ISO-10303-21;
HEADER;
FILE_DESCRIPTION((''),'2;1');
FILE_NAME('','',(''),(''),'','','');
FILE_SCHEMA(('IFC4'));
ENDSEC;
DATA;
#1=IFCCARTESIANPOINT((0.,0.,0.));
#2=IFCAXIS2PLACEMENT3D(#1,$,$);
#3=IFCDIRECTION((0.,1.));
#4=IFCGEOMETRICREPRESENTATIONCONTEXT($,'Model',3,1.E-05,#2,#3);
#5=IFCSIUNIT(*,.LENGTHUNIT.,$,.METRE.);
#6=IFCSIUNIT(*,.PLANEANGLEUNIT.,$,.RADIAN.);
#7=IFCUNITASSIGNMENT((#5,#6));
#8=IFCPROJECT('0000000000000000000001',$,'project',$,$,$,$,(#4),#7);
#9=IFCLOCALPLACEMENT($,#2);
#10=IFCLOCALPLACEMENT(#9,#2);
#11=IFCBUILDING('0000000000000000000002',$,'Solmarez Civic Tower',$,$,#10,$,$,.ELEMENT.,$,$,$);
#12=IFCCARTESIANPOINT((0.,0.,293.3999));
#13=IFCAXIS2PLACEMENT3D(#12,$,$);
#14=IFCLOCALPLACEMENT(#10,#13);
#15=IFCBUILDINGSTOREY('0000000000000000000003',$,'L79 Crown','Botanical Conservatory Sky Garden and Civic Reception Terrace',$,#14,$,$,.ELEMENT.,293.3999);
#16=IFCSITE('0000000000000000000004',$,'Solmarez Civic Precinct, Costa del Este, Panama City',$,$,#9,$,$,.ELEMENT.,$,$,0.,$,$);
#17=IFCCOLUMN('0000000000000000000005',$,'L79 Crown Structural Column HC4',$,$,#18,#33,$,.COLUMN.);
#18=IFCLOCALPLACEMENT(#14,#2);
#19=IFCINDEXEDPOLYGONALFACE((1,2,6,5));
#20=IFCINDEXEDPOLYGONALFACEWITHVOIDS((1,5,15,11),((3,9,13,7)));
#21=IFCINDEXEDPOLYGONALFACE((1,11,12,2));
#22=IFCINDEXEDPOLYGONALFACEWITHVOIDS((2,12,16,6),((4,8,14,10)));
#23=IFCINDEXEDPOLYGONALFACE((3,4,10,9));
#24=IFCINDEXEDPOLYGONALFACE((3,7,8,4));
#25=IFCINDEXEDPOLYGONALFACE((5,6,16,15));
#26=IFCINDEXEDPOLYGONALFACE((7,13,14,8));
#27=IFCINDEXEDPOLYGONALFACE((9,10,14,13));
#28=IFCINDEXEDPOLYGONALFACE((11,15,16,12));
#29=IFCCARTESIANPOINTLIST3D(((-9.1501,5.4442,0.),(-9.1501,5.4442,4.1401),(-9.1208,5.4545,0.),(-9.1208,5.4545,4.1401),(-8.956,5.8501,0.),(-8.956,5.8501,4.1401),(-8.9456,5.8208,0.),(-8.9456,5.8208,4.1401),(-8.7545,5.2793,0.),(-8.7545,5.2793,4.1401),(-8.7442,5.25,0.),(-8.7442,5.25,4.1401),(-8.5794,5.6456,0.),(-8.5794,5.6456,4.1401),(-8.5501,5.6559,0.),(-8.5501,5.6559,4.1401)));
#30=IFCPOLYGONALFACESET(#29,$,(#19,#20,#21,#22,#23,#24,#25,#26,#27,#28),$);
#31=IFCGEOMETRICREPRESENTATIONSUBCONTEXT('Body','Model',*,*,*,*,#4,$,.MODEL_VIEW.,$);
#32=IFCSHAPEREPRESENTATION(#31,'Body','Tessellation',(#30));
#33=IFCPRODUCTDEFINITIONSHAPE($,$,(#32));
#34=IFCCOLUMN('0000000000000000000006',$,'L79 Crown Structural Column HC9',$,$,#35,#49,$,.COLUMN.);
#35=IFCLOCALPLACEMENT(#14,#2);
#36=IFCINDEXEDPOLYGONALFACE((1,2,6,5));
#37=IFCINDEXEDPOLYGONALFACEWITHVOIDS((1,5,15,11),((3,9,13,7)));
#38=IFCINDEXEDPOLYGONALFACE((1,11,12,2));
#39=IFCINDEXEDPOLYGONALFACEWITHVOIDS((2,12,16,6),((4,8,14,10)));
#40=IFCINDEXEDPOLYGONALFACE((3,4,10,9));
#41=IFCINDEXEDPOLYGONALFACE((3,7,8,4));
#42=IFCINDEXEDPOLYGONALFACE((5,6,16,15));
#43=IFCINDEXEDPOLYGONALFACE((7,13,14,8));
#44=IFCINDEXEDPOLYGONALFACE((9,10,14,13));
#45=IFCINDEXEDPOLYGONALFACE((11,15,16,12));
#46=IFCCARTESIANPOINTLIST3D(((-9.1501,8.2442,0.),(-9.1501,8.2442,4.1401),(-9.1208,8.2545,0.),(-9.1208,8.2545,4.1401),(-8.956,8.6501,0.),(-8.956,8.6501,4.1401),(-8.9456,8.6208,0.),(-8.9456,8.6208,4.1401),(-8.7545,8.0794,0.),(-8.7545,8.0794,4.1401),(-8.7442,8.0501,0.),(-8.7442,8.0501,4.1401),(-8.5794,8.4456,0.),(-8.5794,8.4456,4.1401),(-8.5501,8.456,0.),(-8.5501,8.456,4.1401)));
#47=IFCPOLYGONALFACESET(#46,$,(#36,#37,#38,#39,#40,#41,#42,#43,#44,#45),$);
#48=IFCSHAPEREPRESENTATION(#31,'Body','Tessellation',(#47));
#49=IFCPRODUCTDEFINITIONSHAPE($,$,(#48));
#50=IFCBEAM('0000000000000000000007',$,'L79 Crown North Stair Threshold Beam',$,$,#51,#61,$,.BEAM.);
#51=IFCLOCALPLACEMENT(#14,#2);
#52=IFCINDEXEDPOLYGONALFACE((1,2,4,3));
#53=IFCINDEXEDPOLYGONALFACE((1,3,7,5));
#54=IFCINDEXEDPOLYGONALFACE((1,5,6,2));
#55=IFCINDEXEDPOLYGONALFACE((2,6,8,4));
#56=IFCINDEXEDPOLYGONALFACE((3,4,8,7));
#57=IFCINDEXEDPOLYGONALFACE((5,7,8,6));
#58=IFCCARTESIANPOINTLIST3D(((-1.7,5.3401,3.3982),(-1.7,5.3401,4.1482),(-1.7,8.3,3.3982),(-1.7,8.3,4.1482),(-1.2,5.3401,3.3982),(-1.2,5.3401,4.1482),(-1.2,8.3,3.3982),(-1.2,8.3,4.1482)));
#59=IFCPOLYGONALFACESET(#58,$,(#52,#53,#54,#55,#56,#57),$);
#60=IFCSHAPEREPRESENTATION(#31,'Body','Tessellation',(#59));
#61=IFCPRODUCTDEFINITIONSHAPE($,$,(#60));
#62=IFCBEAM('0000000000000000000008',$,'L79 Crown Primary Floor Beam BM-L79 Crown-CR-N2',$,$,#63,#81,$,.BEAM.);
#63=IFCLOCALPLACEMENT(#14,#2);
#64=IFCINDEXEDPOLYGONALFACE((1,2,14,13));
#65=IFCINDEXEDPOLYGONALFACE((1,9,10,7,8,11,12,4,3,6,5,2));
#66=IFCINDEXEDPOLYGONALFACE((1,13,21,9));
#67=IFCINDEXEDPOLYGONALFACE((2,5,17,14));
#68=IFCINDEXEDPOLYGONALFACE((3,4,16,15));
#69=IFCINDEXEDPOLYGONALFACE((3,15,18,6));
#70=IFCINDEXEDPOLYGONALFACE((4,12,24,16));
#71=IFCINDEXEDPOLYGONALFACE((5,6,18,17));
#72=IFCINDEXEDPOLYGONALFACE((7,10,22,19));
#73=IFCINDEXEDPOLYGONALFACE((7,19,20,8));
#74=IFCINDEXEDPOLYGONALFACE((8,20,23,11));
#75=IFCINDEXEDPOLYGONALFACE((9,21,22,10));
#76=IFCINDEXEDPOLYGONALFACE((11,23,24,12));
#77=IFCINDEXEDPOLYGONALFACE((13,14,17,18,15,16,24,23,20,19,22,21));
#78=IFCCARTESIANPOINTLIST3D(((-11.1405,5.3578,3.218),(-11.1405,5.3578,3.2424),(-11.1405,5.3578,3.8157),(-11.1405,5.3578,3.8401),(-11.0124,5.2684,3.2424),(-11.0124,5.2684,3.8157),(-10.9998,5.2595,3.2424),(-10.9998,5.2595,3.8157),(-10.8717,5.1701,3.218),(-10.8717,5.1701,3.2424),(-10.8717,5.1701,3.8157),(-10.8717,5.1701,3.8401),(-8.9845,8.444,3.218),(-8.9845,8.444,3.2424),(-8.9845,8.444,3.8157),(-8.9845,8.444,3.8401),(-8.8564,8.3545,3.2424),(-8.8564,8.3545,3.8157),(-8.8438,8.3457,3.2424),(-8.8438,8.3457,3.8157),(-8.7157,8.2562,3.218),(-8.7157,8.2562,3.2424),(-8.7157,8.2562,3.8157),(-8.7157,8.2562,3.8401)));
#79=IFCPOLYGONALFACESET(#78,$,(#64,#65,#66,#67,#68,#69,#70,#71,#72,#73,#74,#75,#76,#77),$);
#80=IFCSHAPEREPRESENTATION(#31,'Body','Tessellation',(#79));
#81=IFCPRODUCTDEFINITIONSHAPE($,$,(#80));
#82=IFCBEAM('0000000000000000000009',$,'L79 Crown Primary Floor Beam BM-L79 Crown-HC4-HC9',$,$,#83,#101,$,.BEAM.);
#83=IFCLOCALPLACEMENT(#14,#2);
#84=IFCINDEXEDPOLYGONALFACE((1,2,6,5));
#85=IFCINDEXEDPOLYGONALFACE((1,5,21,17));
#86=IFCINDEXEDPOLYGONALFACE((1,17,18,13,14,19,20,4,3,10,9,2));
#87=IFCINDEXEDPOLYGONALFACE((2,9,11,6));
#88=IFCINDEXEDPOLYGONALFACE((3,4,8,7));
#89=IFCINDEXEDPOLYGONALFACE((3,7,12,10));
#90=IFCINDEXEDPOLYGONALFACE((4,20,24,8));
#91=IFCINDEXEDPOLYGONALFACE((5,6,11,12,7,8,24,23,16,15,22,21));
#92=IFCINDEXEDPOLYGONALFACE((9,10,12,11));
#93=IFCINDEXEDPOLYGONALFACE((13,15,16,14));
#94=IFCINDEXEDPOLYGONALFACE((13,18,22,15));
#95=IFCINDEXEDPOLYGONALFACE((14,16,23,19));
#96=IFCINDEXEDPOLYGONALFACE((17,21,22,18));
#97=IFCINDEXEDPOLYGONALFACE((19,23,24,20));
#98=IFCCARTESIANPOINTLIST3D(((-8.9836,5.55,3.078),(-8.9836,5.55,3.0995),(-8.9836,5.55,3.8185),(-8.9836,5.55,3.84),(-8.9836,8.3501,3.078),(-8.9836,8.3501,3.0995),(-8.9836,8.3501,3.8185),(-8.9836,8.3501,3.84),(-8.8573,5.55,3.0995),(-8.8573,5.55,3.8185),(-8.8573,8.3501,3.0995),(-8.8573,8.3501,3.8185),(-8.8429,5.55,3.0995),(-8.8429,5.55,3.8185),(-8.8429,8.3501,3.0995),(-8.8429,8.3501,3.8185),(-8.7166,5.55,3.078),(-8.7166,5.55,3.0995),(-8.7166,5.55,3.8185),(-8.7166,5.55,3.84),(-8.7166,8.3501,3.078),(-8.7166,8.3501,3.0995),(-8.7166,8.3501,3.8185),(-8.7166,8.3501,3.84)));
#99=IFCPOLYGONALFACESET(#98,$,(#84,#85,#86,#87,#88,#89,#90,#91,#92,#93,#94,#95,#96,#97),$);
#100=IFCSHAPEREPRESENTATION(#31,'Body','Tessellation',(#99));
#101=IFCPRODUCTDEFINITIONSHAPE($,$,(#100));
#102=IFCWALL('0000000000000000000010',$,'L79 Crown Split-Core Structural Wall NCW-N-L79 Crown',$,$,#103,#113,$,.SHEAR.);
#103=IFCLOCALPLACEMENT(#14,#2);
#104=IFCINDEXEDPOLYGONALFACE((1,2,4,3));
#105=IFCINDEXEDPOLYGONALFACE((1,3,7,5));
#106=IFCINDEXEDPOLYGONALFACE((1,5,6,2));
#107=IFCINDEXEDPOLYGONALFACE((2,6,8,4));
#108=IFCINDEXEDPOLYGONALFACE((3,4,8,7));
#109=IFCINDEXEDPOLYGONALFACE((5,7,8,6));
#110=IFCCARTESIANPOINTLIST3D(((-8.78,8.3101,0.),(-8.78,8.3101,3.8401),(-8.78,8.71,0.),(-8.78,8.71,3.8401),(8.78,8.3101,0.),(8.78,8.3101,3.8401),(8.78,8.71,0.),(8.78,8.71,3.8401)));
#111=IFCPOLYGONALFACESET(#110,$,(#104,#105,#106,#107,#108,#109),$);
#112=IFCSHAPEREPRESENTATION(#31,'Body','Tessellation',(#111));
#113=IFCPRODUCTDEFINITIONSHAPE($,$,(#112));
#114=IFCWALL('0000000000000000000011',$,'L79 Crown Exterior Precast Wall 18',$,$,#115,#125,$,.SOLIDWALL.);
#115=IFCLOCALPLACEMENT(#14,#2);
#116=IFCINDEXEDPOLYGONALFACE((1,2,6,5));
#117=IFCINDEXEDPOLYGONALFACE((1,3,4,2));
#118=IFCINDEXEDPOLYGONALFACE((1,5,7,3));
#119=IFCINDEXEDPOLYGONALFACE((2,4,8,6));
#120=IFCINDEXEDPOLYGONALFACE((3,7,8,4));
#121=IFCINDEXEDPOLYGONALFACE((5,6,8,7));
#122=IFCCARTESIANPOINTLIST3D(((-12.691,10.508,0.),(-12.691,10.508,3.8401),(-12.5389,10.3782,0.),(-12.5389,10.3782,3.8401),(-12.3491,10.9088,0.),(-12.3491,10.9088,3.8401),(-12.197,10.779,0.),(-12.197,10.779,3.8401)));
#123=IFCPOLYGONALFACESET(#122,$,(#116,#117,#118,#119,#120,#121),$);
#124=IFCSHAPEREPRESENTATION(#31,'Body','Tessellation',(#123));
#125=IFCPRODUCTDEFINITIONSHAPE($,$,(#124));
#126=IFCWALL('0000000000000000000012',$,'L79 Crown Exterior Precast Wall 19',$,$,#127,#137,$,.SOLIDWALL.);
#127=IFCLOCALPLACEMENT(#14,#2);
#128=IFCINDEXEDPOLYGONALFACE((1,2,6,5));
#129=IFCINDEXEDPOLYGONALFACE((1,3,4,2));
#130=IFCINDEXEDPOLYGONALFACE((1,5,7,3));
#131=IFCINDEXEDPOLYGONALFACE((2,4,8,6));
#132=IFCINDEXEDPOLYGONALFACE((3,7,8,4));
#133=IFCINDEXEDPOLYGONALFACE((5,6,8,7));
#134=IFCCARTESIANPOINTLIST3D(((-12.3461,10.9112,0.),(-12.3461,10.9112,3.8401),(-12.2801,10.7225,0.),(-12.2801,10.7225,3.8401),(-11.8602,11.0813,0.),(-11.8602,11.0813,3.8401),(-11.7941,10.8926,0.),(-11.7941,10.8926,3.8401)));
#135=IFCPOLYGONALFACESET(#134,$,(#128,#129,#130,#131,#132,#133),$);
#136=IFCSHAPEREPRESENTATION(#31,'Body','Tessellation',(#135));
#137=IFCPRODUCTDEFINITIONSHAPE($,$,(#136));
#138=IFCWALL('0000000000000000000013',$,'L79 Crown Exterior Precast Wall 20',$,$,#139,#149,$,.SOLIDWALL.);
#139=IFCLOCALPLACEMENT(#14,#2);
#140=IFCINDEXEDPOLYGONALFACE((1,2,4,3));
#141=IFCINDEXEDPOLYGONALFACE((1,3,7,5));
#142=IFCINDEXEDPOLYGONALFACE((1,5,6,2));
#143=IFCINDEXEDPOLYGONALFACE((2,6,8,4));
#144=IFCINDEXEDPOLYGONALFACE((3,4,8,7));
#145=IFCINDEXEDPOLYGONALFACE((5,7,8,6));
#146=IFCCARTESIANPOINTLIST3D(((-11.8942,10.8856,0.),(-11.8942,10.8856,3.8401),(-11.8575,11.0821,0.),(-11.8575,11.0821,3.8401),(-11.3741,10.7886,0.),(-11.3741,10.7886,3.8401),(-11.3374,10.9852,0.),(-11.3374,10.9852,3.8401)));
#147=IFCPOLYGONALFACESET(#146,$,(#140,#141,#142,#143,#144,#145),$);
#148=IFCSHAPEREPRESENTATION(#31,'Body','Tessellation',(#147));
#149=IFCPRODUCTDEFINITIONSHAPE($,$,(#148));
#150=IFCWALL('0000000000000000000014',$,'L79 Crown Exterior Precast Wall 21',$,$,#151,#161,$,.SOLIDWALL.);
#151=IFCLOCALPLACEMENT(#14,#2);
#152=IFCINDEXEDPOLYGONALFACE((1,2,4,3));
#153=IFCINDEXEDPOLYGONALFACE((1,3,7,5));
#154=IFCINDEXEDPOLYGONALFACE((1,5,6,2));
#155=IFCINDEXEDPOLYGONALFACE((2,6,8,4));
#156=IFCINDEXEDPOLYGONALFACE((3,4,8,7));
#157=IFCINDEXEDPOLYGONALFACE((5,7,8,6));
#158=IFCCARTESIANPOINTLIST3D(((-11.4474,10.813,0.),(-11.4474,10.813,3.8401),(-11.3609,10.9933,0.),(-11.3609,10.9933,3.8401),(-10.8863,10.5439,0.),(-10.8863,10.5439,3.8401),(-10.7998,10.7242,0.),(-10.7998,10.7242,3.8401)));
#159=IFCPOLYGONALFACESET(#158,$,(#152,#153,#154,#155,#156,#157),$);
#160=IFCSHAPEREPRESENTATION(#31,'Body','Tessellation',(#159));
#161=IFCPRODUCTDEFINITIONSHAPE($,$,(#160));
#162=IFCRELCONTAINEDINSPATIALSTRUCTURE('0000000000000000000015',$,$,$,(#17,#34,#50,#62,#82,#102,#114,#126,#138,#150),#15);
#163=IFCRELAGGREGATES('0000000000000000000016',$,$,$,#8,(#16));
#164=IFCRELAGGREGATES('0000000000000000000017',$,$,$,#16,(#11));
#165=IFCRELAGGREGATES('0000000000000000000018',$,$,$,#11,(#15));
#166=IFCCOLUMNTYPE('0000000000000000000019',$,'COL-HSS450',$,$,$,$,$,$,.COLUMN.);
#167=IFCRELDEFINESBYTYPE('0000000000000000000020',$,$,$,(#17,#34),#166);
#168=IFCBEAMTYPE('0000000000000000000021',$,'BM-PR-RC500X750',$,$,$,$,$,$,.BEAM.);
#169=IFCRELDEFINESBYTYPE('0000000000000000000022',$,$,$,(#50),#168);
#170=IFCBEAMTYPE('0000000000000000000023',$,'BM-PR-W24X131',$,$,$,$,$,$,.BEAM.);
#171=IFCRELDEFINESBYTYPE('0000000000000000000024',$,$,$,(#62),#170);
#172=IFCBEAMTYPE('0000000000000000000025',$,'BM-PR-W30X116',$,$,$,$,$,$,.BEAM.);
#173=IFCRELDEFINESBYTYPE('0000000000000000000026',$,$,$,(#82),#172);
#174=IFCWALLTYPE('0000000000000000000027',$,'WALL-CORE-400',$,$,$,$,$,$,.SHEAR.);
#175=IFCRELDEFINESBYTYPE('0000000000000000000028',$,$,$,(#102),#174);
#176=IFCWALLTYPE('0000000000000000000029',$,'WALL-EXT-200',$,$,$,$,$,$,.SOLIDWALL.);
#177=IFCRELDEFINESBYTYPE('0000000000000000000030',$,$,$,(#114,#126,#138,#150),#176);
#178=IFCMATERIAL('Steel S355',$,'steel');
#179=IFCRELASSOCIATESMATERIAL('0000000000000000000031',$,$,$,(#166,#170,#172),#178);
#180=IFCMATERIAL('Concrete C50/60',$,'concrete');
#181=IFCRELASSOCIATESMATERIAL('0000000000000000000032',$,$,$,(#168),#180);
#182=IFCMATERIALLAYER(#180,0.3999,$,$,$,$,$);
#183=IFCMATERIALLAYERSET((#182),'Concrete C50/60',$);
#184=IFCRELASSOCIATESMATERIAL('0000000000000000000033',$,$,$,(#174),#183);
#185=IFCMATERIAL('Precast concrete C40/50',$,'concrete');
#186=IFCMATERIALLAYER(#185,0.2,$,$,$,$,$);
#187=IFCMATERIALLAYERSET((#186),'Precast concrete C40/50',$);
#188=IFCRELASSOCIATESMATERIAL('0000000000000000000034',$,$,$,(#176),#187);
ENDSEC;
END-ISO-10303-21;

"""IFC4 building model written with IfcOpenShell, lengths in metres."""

from ifc_helpers import new_model, si_unit, direction, frame, frame_2d, origin, origin_2d, place, context, subcontext, project, spatial, rectangle, hollow_rectangle, i_section, extrude, material, layer, layer_set, material_profile, profile_set, type_object, element, save


model = new_model("IFC4")

# Units and contexts
model_context = context("Model", 3, precision=1e-05, world=origin(), true_north=direction((0.0, 1.0)))
body_context = subcontext(model_context, "Body", "Model", "MODEL_VIEW")
ifc_project = project(units=[si_unit("LENGTHUNIT", "METRE"), si_unit("PLANEANGLEUNIT", "RADIAN")], contexts=[model_context])

# Site, building, storey
site_placement = place(None, origin())
site = spatial("IfcSite", under=ifc_project, at=site_placement, Name="Solmarez Civic Precinct, Costa del Este, Panama City", CompositionType="ELEMENT", RefElevation=0.0)
building_placement = place(site_placement, origin())
building = spatial("IfcBuilding", under=site, at=building_placement, Name="Solmarez Civic Tower", CompositionType="ELEMENT")
storey_placement = place(building_placement, frame((0.0, 0.0, 293.3999)))
storey = spatial("IfcBuildingStorey", under=building, at=storey_placement, Name="L79 Crown", Description="Botanical Conservatory Sky Garden and Civic Reception Terrace", CompositionType="ELEMENT", Elevation=293.3999)

# Columns
ifc_material_1 = material(Name="Steel S355", Category="steel")
ifc_material_profile_1 = material_profile(ifc_material_1, hollow_rectangle(XDim=0.45, YDim=0.45, WallThickness=0.022, at=origin_2d()), Name="HSS450X450X22")
ifc_profile_set_1 = profile_set([ifc_material_profile_1], Name="Steel S355")
column_type = type_object("IfcColumnType", Name="COL-HSS450", PredefinedType="COLUMN", material=ifc_profile_set_1)
for number, where, z_axis, x_axis, name in (
    (1, (-8.8501, 5.55, 0.0), (0.0, 0.0, 1.0), (0.431456, 0.902134, 0.0), "L79 Crown Structural Column HC4"),
    (2, (-8.8501, 8.3501, 0.0), (0.0, 0.0, 1.0), (0.431456, 0.902134, 0.0), "L79 Crown Structural Column HC9"),
):
    element("IfcColumn", number, at=place(storey_placement, frame(where, z_axis=z_axis, x_axis=x_axis)), inside=storey, type_object=column_type, Name=name, PredefinedType="COLUMN", context=body_context, shape_type="SweptSolid", body=[
        extrude(hollow_rectangle(XDim=0.45, YDim=0.45, WallThickness=0.022, at=origin_2d()), origin(), (0.0, 0.0, 1.0), 4.1401),
    ])

# Beams
ifc_material_2 = material(Name="Concrete C50/60", Category="concrete")
ifc_material_profile_2 = material_profile(ifc_material_2, rectangle(XDim=0.5, YDim=0.75, at=origin_2d()), Name="RC500X750")
ifc_profile_set_2 = profile_set([ifc_material_profile_2], Name="Concrete C50/60")
beam_type_1 = type_object("IfcBeamType", Name="BM-PR-RC500X750", PredefinedType="BEAM", material=ifc_profile_set_2)
beam_1_placement = place(storey_placement, frame((-1.45, 5.3401, 3.7732), z_axis=(0.0, 1.0, 0.0), x_axis=(-1.0, 0.0, 0.0)))
element("IfcBeam", 3, at=beam_1_placement, inside=storey, type_object=beam_type_1, Name="L79 Crown North Stair Threshold Beam", PredefinedType="BEAM", context=body_context, shape_type="SweptSolid", body=[
    extrude(rectangle(XDim=0.5, YDim=0.75, at=origin_2d()), origin(), (0.0, 0.0, 1.0), 2.96),
])
ifc_material_profile_3 = material_profile(ifc_material_1, i_section(OverallWidth=0.3279, OverallDepth=0.6221, WebThickness=0.0154, FlangeThickness=0.0244, at=origin_2d()), Name="W24X131")
ifc_profile_set_3 = profile_set([ifc_material_profile_3], Name="Steel S355")
beam_type_2 = type_object("IfcBeamType", Name="BM-PR-W24X131", PredefinedType="BEAM", material=ifc_profile_set_3)
beam_2_placement = place(storey_placement, frame((-8.8501, 8.3501, 3.5291), z_axis=(-0.572692, -0.819771, 0.0), x_axis=(0.819771, -0.572692, 0.0)))
element("IfcBeam", 4, at=beam_2_placement, inside=storey, type_object=beam_type_2, Name="L79 Crown Primary Floor Beam BM-L79 Crown-CR-N2", PredefinedType="BEAM", context=body_context, shape_type="SweptSolid", body=[
    extrude(i_section(OverallWidth=0.3279, OverallDepth=0.6221, WebThickness=0.0154, FlangeThickness=0.0244, at=origin_2d()), origin(), (0.0, 0.0, 1.0), 3.7646),
])
ifc_material_profile_4 = material_profile(ifc_material_1, i_section(OverallWidth=0.2671, OverallDepth=0.762, WebThickness=0.0144, FlangeThickness=0.0215, at=origin_2d()), Name="W30X116")
ifc_profile_set_4 = profile_set([ifc_material_profile_4], Name="Steel S355")
beam_type_3 = type_object("IfcBeamType", Name="BM-PR-W30X116", PredefinedType="BEAM", material=ifc_profile_set_4)
beam_3_placement = place(storey_placement, frame((-8.8501, 5.55, 3.459), z_axis=(0.0, 1.0, 0.0), x_axis=(-1.0, 0.0, 0.0)))
element("IfcBeam", 5, at=beam_3_placement, inside=storey, type_object=beam_type_3, Name="L79 Crown Primary Floor Beam BM-L79 Crown-HC4-HC9", PredefinedType="BEAM", context=body_context, shape_type="SweptSolid", body=[
    extrude(i_section(OverallWidth=0.2671, OverallDepth=0.762, WebThickness=0.0144, FlangeThickness=0.0215, at=origin_2d()), origin(), (0.0, 0.0, 1.0), 2.8),
])

# Walls
ifc_layer_1 = layer(ifc_material_2, 0.3999)
ifc_layer_set_1 = layer_set([ifc_layer_1], Name="Concrete C50/60")
wall_type_1 = type_object("IfcWallType", Name="WALL-CORE-400", PredefinedType="SHEAR", material=ifc_layer_set_1)
wall_1_placement = place(storey_placement, frame((-8.78, 8.51, 0.0), z_axis=(0.0, 0.0, 1.0), x_axis=(1.0, 0.0, 0.0)))
element("IfcWall", 6, at=wall_1_placement, inside=storey, type_object=wall_type_1, Name="L79 Crown Split-Core Structural Wall NCW-N-L79 Crown", PredefinedType="SHEAR", context=body_context, shape_type="SweptSolid", body=[
    extrude(rectangle(XDim=17.5601, YDim=0.3999, at=frame_2d((8.78, 0.0))), origin(), (0.0, 0.0, 1.0), 3.8401),
])
ifc_material_3 = material(Name="Precast concrete C40/50", Category="concrete")
ifc_layer_2 = layer(ifc_material_3, 0.2)
ifc_layer_set_2 = layer_set([ifc_layer_2], Name="Precast concrete C40/50")
wall_type_2 = type_object("IfcWallType", Name="WALL-EXT-200", PredefinedType="SOLIDWALL", material=ifc_layer_set_2)
wall_2_placement = place(storey_placement, frame((-12.615, 10.4431, 0.0), z_axis=(0.0, 0.0, 1.0), x_axis=(0.649073, 0.760726, 0.0)))
element("IfcWall", 7, at=wall_2_placement, inside=storey, type_object=wall_type_2, Name="L79 Crown Exterior Precast Wall 18", PredefinedType="SOLIDWALL", context=body_context, shape_type="SweptSolid", body=[
    extrude(rectangle(XDim=0.5269, YDim=0.2, at=frame_2d((0.2634, 0.0))), origin(), (0.0, 0.0, 1.0), 3.8401),
])
wall_3_placement = place(storey_placement, frame((-12.313, 10.8169, 0.0), z_axis=(0.0, 0.0, 1.0), x_axis=(0.943836, 0.330414, 0.0)))
element("IfcWall", 8, at=wall_3_placement, inside=storey, type_object=wall_type_2, Name="L79 Crown Exterior Precast Wall 19", PredefinedType="SOLIDWALL", context=body_context, shape_type="SweptSolid", body=[
    extrude(rectangle(XDim=0.5149, YDim=0.2, at=frame_2d((0.2573, 0.0))), origin(), (0.0, 0.0, 1.0), 3.8401),
])
wall_4_placement = place(storey_placement, frame((-11.876, 10.9839, 0.0), z_axis=(0.0, 0.0, 1.0), x_axis=(0.98307, -0.18323, 0.0)))
element("IfcWall", 9, at=wall_4_placement, inside=storey, type_object=wall_type_2, Name="L79 Crown Exterior Precast Wall 20", PredefinedType="SOLIDWALL", context=body_context, shape_type="SweptSolid", body=[
    extrude(rectangle(XDim=0.5291, YDim=0.2, at=frame_2d((0.2646, 0.0))), origin(), (0.0, 0.0, 1.0), 3.8401),
])
wall_5_placement = place(storey_placement, frame((-11.4041, 10.9031, 0.0), z_axis=(0.0, 0.0, 1.0), x_axis=(0.901682, -0.432399, 0.0)))
element("IfcWall", 10, at=wall_5_placement, inside=storey, type_object=wall_type_2, Name="L79 Crown Exterior Precast Wall 21", PredefinedType="SOLIDWALL", context=body_context, shape_type="SweptSolid", body=[
    extrude(rectangle(XDim=0.6223, YDim=0.2, at=frame_2d((0.311, 0.0))), origin(), (0.0, 0.0, 1.0), 3.8401),
])

save(model, "model.ifc")
